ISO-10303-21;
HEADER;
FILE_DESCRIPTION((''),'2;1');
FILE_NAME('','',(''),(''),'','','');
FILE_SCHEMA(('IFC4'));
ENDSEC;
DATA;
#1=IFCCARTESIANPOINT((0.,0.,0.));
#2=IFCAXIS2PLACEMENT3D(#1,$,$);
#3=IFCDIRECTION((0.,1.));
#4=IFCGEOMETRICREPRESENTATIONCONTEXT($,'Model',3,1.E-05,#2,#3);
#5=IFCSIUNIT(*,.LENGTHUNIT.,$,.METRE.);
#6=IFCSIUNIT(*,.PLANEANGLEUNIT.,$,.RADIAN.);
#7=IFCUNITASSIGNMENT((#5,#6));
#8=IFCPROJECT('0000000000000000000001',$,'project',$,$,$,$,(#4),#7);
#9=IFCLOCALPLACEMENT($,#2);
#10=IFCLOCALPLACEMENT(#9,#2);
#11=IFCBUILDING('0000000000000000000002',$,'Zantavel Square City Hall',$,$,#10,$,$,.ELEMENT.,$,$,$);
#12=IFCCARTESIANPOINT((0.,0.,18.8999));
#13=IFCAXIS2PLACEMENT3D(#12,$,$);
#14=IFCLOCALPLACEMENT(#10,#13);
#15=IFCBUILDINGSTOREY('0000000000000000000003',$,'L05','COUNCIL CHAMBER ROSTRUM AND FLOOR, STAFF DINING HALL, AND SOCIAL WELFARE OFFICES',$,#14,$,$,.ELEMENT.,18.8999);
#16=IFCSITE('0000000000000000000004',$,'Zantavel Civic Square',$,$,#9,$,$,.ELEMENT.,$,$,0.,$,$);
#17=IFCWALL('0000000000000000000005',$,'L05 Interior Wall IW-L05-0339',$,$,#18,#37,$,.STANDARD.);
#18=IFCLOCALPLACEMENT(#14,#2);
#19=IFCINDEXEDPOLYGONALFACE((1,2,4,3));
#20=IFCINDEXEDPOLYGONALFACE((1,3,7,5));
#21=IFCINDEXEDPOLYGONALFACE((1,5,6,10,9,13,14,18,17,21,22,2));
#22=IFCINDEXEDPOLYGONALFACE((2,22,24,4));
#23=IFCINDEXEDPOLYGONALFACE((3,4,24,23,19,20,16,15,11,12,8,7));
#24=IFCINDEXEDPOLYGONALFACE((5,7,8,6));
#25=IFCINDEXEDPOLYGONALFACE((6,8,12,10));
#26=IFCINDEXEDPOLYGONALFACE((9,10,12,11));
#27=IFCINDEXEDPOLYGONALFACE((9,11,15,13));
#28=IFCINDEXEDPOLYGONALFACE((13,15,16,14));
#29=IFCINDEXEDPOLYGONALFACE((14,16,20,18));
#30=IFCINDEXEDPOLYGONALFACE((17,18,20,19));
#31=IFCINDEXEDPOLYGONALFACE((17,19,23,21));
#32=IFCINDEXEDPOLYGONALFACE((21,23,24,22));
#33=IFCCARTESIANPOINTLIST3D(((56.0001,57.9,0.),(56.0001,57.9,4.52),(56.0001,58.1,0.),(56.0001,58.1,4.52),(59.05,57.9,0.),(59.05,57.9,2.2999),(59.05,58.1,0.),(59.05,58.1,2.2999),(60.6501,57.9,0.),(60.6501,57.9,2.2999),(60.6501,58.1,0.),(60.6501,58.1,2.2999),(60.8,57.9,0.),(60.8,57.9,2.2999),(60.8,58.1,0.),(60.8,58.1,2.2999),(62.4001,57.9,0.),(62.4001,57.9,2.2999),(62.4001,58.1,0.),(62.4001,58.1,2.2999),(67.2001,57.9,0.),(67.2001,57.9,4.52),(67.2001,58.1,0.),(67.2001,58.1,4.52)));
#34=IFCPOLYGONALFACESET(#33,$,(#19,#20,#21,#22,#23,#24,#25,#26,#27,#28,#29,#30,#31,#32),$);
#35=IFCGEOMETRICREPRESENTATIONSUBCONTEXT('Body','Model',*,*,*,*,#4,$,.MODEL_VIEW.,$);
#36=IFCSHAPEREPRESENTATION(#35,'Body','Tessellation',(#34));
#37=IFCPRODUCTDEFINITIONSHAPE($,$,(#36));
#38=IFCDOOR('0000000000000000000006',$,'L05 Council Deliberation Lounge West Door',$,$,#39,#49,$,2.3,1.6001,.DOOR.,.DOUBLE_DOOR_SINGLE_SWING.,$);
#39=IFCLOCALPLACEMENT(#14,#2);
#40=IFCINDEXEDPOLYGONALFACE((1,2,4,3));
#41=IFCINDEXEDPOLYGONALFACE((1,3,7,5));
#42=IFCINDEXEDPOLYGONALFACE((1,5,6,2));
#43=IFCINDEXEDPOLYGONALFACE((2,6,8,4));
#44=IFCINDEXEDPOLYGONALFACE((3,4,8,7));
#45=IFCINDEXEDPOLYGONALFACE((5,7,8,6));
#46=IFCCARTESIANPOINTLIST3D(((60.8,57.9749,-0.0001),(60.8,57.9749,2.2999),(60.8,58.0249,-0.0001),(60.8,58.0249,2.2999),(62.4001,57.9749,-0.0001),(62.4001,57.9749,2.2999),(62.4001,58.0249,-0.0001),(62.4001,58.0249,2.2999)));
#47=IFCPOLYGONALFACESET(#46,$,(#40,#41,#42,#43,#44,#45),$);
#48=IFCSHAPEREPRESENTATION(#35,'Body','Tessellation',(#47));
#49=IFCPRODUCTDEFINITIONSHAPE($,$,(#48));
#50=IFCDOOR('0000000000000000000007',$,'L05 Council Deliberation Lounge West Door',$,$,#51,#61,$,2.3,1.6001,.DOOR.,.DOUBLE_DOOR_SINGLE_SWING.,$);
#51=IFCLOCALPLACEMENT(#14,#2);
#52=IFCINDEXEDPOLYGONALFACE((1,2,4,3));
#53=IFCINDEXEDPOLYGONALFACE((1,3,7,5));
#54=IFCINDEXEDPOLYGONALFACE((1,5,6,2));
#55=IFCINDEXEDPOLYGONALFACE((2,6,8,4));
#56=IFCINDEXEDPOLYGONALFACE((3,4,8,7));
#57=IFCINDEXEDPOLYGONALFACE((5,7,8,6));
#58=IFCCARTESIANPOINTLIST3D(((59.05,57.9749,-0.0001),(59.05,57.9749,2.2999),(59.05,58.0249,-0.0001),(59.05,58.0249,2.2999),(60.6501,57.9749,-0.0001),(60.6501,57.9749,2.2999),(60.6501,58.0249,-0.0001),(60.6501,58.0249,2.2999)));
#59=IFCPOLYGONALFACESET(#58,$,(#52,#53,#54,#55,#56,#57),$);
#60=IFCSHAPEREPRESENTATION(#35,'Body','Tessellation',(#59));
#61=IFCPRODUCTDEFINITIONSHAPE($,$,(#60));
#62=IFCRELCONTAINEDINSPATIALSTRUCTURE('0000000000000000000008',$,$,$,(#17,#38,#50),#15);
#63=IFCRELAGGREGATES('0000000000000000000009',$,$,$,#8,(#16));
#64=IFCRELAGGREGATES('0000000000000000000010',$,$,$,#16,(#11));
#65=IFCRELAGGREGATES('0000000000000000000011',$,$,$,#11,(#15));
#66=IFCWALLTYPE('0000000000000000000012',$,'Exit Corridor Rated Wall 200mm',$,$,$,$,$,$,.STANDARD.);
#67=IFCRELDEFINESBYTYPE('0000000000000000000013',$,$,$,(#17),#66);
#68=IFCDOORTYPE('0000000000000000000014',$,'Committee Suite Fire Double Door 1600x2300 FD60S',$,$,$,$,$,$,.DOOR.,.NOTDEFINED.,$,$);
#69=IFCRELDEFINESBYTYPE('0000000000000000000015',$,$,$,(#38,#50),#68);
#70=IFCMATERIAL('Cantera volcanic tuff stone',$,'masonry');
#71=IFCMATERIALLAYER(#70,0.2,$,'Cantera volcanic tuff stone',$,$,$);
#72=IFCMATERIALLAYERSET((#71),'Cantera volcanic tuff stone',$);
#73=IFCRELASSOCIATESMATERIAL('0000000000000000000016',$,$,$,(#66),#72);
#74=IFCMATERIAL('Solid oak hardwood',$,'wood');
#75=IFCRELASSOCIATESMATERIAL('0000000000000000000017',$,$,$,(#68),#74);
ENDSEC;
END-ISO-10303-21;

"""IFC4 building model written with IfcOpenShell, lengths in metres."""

from ifc_helpers import new_model, si_unit, direction, frame, frame_2d, origin, place, context, subcontext, project, spatial, rectangle, extrude, material, layer, layer_set, type_object, element, fill, save


model = new_model("IFC4")

# Units and contexts
model_context = context("Model", 3, precision=1e-05, world=origin(), true_north=direction((0.0, 1.0)))
body_context = subcontext(model_context, "Body", "Model", "MODEL_VIEW")
ifc_project = project(units=[si_unit("LENGTHUNIT", "METRE"), si_unit("PLANEANGLEUNIT", "RADIAN")], contexts=[model_context])

# Site, building, storey
site_placement = place(None, origin())
site = spatial("IfcSite", under=ifc_project, at=site_placement, Name="Zantavel Civic Square", CompositionType="ELEMENT", RefElevation=0.0)
building_placement = place(site_placement, origin())
building = spatial("IfcBuilding", under=site, at=building_placement, Name="Zantavel Square City Hall", CompositionType="ELEMENT")
storey_placement = place(building_placement, frame((0.0, 0.0, 18.8999)))
storey = spatial("IfcBuildingStorey", under=building, at=storey_placement, Name="L05", Description="COUNCIL CHAMBER ROSTRUM AND FLOOR, STAFF DINING HALL, AND SOCIAL WELFARE OFFICES", CompositionType="ELEMENT", Elevation=18.8999)

# Shared definitions
ifc_material_1 = material(Name="Cantera volcanic tuff stone", Category="masonry")

# Wall, openings, doors
ifc_layer_1 = layer(ifc_material_1, 0.2, Name="Cantera volcanic tuff stone")
ifc_layer_set_1 = layer_set([ifc_layer_1], Name="Cantera volcanic tuff stone")
wall_type_1 = type_object("IfcWallType", Name="Exit Corridor Rated Wall 200mm", PredefinedType="STANDARD", material=ifc_layer_set_1)
wall_1_placement = place(storey_placement, frame((56.0, 58.0, 0.0), z_axis=(0.0, 0.0, 1.0), x_axis=(1.0, 0.0, 0.0)))
wall_1 = element("IfcWall", 1, at=wall_1_placement, inside=storey, type_object=wall_type_1, Name="L05 Interior Wall IW-L05-0339", PredefinedType="STANDARD", context=body_context, shape_type="SweptSolid", body=[
    extrude(rectangle(XDim=11.2, YDim=0.2, at=frame_2d((5.6001, 0.0))), origin(), (0.0, 0.0, 1.0), 4.52),
])
opening_1_placement = place(wall_1_placement, frame((4.8, 0.0, 0.0)))
opening_1 = element("IfcOpeningElement", 2, at=opening_1_placement, cuts=wall_1, PredefinedType="OPENING", context=body_context, shape_type="SweptSolid", body=[
    extrude(rectangle(XDim=1.6001, YDim=2.3, at=frame_2d((0.8, 1.1499))), frame((0.0, 0.1099, 0.0), z_axis=(0.0, -1.0, 0.0), x_axis=(1.0, 0.0, 0.0)), (0.0, 0.0, 1.0), 0.22),
])
opening_2_placement = place(wall_1_placement, frame((3.05, 0.0, 0.0)))
opening_2 = element("IfcOpeningElement", 3, at=opening_2_placement, cuts=wall_1, PredefinedType="OPENING", context=body_context, shape_type="SweptSolid", body=[
    extrude(rectangle(XDim=1.6001, YDim=2.3, at=frame_2d((0.8, 1.1499))), frame((0.0, 0.1099, 0.0), z_axis=(0.0, -1.0, 0.0), x_axis=(1.0, 0.0, 0.0)), (0.0, 0.0, 1.0), 0.22),
])
ifc_material_2 = material(Name="Solid oak hardwood", Category="wood")
door_type = type_object("IfcDoorType", Name="Committee Suite Fire Double Door 1600x2300 FD60S", OperationType="NOTDEFINED", PredefinedType="DOOR", material=ifc_material_2)
door_1_placement = place(opening_1_placement, origin())
door_1 = element("IfcDoor", 4, at=door_1_placement, inside=storey, type_object=door_type, Name="L05 Council Deliberation Lounge West Door", OperationType="DOUBLE_DOOR_SINGLE_SWING", OverallHeight=2.3, OverallWidth=1.6001, PredefinedType="DOOR", context=body_context, shape_type="SweptSolid", body=[
    extrude(rectangle(XDim=1.6001, YDim=2.3, at=frame_2d((0.8, 1.1499))), frame((0.0, 0.0249, 0.0), z_axis=(0.0, -1.0, 0.0), x_axis=(1.0, 0.0, 0.0)), (0.0, 0.0, 1.0), 0.05),
])
fill(opening_1, door_1)
door_2_placement = place(opening_2_placement, origin())
door_2 = element("IfcDoor", 5, at=door_2_placement, inside=storey, type_object=door_type, Name="L05 Council Deliberation Lounge West Door", OperationType="DOUBLE_DOOR_SINGLE_SWING", OverallHeight=2.3, OverallWidth=1.6001, PredefinedType="DOOR", context=body_context, shape_type="SweptSolid", body=[
    extrude(rectangle(XDim=1.6001, YDim=2.3, at=frame_2d((0.8, 1.1499))), frame((0.0, 0.0249, 0.0), z_axis=(0.0, -1.0, 0.0), x_axis=(1.0, 0.0, 0.0)), (0.0, 0.0, 1.0), 0.05),
])
fill(opening_2, door_2)

save(model, "model.ifc")
